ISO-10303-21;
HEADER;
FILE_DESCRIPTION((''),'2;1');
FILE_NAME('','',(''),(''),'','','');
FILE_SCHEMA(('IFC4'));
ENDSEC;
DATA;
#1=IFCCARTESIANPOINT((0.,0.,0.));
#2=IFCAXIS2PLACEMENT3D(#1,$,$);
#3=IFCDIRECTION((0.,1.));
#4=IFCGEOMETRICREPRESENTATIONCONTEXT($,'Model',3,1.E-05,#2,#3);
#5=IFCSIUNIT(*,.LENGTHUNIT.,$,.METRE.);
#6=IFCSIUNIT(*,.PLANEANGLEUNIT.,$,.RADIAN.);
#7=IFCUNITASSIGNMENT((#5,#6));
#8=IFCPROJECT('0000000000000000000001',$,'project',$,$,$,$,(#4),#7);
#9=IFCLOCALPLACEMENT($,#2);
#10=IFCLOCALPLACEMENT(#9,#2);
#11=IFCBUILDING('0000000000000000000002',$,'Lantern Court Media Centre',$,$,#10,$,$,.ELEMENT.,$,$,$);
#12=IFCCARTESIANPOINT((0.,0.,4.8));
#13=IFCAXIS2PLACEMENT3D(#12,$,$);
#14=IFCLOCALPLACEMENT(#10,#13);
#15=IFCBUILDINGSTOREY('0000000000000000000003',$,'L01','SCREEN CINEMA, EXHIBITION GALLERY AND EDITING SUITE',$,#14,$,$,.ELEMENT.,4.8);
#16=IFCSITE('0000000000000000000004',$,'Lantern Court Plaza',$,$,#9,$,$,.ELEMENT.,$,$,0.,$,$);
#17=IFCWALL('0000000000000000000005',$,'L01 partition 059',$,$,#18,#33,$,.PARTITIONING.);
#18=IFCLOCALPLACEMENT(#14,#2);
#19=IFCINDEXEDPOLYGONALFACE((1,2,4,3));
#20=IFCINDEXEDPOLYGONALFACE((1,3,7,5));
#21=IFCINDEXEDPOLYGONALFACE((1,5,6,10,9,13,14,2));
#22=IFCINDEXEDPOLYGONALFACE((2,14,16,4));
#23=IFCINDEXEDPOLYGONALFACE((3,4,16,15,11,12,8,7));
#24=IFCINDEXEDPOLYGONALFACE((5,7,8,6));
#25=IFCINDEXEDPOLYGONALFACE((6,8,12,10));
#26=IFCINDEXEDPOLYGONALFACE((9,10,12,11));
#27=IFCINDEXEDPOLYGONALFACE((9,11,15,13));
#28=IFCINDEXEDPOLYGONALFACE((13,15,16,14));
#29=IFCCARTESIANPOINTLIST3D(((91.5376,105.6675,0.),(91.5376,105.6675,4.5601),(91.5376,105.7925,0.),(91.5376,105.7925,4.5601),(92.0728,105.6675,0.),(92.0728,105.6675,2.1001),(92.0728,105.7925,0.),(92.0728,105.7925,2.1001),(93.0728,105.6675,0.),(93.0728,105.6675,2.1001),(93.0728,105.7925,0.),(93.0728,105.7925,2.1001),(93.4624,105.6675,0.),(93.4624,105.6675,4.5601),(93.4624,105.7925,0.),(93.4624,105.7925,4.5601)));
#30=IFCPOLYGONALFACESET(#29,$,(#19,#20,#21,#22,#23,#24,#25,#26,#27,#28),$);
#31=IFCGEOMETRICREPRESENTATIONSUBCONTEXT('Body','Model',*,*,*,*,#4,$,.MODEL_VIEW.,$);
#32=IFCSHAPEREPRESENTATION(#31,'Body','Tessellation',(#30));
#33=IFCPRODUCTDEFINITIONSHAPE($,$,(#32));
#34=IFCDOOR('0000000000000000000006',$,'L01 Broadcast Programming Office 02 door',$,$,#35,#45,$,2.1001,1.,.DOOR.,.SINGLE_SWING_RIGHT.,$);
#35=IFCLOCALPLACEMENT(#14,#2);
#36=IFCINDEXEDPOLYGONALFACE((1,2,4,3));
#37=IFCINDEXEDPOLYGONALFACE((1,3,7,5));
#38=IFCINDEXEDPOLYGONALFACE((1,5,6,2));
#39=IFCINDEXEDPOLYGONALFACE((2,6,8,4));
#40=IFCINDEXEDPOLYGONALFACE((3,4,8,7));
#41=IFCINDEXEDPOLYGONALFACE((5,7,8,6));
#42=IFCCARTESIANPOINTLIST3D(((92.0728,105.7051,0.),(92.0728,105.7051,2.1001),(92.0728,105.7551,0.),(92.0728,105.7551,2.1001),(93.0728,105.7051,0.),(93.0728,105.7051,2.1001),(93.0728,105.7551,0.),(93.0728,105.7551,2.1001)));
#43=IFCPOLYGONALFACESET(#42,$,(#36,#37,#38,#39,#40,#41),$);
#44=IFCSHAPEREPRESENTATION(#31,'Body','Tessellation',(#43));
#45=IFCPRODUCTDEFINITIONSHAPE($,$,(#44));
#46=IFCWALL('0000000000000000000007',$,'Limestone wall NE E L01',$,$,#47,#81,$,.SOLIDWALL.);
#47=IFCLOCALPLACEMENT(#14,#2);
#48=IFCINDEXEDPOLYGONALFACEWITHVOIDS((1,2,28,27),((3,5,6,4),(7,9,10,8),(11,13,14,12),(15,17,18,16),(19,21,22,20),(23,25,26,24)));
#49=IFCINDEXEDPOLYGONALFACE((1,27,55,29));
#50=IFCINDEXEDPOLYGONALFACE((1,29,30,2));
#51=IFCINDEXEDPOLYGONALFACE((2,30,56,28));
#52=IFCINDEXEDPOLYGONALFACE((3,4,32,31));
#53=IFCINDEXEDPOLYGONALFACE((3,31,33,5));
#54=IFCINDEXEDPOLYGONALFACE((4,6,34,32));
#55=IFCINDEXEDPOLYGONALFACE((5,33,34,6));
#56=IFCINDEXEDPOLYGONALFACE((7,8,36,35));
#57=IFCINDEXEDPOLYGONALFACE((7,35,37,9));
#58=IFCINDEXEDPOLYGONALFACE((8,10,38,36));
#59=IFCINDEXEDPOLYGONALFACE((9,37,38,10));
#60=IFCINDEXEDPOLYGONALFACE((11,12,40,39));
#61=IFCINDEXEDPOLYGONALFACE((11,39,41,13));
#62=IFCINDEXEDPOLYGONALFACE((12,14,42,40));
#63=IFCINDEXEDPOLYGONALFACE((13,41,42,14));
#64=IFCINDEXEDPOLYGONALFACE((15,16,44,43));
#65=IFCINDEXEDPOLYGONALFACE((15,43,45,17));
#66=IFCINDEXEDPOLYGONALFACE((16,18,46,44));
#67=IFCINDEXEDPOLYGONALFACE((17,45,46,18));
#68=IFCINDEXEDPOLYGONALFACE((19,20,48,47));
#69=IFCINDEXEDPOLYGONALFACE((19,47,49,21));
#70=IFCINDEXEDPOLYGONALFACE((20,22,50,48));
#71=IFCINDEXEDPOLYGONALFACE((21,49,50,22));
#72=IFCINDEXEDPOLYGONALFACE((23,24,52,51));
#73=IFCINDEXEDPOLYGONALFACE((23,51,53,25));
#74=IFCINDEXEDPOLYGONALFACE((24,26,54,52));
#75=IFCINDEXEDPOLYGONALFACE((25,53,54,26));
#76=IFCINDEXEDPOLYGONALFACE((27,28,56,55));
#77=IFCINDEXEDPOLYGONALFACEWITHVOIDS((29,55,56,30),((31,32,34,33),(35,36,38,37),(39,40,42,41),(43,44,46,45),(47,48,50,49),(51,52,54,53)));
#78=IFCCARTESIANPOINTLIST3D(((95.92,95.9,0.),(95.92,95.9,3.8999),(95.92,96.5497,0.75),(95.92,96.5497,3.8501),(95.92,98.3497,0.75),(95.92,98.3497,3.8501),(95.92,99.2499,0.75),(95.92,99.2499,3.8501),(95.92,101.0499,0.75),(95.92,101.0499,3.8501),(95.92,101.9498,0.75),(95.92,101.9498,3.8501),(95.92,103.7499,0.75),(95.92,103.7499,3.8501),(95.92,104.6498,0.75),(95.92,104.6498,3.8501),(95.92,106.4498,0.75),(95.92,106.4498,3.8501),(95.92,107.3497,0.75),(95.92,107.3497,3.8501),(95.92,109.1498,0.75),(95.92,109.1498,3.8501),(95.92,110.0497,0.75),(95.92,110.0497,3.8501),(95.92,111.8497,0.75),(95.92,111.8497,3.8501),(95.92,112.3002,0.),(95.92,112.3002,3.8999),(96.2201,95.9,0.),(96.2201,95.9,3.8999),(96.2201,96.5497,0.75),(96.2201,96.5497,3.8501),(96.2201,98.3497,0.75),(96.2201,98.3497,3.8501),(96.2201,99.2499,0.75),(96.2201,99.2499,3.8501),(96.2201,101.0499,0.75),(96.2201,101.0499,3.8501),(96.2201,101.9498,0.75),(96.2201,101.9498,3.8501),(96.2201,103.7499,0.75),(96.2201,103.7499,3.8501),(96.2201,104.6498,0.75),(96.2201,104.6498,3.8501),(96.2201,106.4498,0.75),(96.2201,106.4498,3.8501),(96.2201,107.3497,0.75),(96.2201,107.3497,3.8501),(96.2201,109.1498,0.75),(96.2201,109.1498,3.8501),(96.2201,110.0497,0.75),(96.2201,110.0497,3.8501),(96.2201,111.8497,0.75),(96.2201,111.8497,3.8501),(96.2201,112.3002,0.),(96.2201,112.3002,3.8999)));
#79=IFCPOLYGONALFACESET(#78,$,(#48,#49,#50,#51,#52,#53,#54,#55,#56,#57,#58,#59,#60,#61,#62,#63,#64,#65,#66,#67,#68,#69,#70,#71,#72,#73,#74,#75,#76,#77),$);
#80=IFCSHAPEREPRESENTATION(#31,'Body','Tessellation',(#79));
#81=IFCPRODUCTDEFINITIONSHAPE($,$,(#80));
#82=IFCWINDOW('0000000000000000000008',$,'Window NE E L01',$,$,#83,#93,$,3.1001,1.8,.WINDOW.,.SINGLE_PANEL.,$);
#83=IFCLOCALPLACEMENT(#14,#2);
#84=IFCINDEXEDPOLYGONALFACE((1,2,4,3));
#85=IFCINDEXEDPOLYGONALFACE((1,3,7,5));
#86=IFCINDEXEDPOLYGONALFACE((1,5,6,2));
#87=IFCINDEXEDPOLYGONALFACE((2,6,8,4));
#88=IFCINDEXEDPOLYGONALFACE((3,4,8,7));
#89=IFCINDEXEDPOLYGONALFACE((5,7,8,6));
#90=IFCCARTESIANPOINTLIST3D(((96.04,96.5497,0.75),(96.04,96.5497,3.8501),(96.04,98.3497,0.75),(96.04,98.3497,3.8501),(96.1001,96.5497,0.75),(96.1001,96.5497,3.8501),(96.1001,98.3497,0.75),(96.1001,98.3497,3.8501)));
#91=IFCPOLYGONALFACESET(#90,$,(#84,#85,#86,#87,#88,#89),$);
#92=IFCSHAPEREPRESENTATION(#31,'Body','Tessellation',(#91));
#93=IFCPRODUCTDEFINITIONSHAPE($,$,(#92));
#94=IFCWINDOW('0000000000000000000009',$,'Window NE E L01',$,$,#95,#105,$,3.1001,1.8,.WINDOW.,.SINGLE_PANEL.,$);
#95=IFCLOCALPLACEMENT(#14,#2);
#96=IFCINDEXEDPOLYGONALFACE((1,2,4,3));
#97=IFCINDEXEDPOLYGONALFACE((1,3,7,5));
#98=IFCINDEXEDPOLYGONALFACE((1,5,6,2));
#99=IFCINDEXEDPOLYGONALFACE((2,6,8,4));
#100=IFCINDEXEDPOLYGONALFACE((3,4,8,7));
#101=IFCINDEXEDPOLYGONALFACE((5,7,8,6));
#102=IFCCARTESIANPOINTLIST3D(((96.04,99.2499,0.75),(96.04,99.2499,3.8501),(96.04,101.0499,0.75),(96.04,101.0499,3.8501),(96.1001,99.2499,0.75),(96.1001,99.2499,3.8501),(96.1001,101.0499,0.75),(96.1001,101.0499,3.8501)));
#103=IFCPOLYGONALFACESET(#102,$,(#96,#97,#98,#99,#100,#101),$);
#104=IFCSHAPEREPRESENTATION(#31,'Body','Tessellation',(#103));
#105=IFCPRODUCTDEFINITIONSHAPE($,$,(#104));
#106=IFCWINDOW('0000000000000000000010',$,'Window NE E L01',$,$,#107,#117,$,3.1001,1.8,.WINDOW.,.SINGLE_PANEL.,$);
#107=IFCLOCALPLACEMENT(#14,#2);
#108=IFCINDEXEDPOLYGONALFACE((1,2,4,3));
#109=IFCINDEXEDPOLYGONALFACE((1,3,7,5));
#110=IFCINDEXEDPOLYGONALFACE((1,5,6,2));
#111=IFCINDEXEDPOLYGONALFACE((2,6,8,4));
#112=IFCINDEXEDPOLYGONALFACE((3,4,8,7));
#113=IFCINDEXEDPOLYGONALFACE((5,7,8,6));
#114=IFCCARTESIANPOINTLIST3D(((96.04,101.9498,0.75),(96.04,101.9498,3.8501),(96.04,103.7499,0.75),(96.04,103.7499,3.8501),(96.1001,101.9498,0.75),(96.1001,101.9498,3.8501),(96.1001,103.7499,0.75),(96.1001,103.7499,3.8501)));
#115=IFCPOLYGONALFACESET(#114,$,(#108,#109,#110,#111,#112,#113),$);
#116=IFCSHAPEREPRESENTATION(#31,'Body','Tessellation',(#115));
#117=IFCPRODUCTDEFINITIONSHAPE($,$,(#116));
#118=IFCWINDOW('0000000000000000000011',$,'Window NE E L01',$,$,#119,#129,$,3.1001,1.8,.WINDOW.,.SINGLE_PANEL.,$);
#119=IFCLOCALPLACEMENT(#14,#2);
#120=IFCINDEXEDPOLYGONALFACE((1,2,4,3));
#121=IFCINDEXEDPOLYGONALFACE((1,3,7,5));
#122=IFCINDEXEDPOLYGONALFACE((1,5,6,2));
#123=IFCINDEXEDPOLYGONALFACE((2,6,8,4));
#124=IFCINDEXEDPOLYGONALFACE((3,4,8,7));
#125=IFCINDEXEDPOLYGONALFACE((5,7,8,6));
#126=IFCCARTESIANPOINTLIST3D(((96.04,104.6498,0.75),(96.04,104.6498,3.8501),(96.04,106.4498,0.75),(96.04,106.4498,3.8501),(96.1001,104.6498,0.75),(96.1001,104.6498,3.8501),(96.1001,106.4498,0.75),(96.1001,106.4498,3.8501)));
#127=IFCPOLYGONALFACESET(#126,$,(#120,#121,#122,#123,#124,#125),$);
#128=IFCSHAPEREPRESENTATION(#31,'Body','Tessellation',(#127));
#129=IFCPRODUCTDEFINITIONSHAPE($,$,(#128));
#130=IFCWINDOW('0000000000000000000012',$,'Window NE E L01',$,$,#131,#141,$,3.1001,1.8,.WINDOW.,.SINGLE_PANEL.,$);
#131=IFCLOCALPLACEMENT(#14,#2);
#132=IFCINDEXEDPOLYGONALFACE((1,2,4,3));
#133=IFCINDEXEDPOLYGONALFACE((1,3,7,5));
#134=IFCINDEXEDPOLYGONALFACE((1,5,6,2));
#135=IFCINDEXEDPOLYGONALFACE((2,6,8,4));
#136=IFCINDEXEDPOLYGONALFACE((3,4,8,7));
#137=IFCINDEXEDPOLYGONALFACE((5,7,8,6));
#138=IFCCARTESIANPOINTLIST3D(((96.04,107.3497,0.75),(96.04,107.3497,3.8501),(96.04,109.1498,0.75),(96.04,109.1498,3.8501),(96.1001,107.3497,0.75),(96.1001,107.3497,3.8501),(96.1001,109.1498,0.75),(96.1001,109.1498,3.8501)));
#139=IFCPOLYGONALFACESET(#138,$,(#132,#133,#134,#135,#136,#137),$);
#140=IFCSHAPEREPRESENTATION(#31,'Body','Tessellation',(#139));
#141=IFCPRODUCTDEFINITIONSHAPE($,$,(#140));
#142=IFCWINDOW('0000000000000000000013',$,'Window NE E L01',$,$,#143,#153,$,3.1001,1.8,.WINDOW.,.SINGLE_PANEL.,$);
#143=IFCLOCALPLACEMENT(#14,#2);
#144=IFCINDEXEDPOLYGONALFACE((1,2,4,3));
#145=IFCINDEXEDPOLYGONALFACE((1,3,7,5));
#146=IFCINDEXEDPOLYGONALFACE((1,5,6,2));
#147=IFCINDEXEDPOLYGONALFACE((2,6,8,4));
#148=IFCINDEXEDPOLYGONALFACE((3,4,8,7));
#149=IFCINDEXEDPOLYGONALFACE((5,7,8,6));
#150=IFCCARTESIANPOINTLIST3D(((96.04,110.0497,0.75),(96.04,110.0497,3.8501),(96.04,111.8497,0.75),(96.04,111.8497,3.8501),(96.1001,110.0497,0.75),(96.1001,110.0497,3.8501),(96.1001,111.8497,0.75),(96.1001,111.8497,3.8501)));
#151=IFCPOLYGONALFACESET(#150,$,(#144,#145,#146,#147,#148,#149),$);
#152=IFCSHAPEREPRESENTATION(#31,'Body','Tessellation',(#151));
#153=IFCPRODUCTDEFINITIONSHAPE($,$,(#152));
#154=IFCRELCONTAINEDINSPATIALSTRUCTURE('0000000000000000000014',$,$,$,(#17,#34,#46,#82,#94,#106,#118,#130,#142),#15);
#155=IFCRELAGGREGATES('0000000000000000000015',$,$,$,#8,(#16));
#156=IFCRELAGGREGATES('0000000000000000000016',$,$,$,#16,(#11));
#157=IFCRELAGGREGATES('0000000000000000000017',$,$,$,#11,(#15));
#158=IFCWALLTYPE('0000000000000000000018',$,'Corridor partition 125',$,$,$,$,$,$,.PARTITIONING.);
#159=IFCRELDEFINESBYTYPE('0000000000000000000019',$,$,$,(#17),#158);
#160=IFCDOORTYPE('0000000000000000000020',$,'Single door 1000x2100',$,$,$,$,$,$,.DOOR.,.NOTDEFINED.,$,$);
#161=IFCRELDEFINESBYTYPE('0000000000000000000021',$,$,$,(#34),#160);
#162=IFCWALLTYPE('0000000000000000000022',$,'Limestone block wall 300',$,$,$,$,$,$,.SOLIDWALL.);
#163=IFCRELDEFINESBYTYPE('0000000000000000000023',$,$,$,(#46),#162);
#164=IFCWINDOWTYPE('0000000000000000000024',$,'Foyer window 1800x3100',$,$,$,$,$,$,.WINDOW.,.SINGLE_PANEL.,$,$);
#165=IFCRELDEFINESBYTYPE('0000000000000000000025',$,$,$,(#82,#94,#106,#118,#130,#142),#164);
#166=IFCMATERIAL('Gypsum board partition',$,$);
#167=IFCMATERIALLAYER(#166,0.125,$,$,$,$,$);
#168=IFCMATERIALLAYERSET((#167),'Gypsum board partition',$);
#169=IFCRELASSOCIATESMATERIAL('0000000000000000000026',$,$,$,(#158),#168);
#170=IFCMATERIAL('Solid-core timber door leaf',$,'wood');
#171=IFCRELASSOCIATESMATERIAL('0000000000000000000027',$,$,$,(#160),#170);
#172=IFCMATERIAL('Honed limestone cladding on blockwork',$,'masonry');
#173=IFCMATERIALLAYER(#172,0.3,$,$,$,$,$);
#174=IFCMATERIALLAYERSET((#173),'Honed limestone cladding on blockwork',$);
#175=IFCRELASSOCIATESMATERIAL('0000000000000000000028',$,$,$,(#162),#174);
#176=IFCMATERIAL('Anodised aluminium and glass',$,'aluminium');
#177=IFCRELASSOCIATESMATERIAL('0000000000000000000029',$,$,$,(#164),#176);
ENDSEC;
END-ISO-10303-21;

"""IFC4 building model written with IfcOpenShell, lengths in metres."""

from ifc_helpers import new_model, si_unit, direction, frame, frame_2d, origin, place, context, subcontext, project, spatial, rectangle, extrude, material, layer, layer_set, type_object, element, fill, save


model = new_model("IFC4")

# Units and contexts
model_context = context("Model", 3, precision=1e-05, world=origin(), true_north=direction((0.0, 1.0)))
body_context = subcontext(model_context, "Body", "Model", "MODEL_VIEW")
ifc_project = project(units=[si_unit("LENGTHUNIT", "METRE"), si_unit("PLANEANGLEUNIT", "RADIAN")], contexts=[model_context])

# Site, building, storey
site_placement = place(None, origin())
site = spatial("IfcSite", under=ifc_project, at=site_placement, Name="Lantern Court Plaza", CompositionType="ELEMENT", RefElevation=0.0)
building_placement = place(site_placement, origin())
building = spatial("IfcBuilding", under=site, at=building_placement, Name="Lantern Court Media Centre", CompositionType="ELEMENT")
storey_placement = place(building_placement, frame((0.0, 0.0, 4.8)))
storey = spatial("IfcBuildingStorey", under=building, at=storey_placement, Name="L01", Description="SCREEN CINEMA, EXHIBITION GALLERY AND EDITING SUITE", CompositionType="ELEMENT", Elevation=4.8)

# Wall, opening, door
ifc_material_1 = material(Name="Gypsum board partition")
ifc_layer_1 = layer(ifc_material_1, 0.125)
ifc_layer_set_1 = layer_set([ifc_layer_1], Name="Gypsum board partition")
wall_type_1 = type_object("IfcWallType", Name="Corridor partition 125", PredefinedType="PARTITIONING", material=ifc_layer_set_1)
ifc_material_2 = material(Name="Solid-core timber door leaf", Category="wood")
door_type = type_object("IfcDoorType", Name="Single door 1000x2100", OperationType="NOTDEFINED", PredefinedType="DOOR", material=ifc_material_2)
wall_1_placement = place(storey_placement, frame((91.5376, 105.73, 0.0), z_axis=(0.0, 0.0, 1.0), x_axis=(1.0, 0.0, 0.0)))
wall_1 = element("IfcWall", 1, at=wall_1_placement, inside=storey, type_object=wall_type_1, Name="L01 partition 059", PredefinedType="PARTITIONING", context=body_context, shape_type="SweptSolid", body=[
    extrude(rectangle(XDim=1.9248, YDim=0.125, at=frame_2d((0.9624, 0.0))), origin(), (0.0, 0.0, 1.0), 4.5601),
])
opening_1_placement = place(wall_1_placement, frame((0.5352, 0.0, 0.0)))
opening_1 = element("IfcOpeningElement", 2, at=opening_1_placement, cuts=wall_1, PredefinedType="OPENING", context=body_context, shape_type="SweptSolid", body=[
    extrude(rectangle(XDim=1.0, YDim=2.1001, at=frame_2d((0.5, 1.05))), frame((0.0, 0.0725, 0.0), z_axis=(0.0, -1.0, 0.0), x_axis=(1.0, 0.0, 0.0)), (0.0, 0.0, 1.0), 0.145),
])
door_1_placement = place(opening_1_placement, frame((1.0, 0.0, 0.0), z_axis=(0.0, 0.0, 1.0), x_axis=(-1.0, 0.0, 0.0)))
door_1 = element("IfcDoor", 3, at=door_1_placement, inside=storey, type_object=door_type, Name="L01 Broadcast Programming Office 02 door", OperationType="SINGLE_SWING_RIGHT", OverallHeight=2.1001, OverallWidth=1.0, PredefinedType="DOOR", context=body_context, shape_type="SweptSolid", body=[
    extrude(rectangle(XDim=1.0, YDim=2.1001, at=frame_2d((0.5, 1.05))), frame((0.0, 0.0249, 0.0), z_axis=(0.0, -1.0, 0.0), x_axis=(1.0, 0.0, 0.0)), (0.0, 0.0, 1.0), 0.05),
])
fill(opening_1, door_1)

# Wall, openings, windows
ifc_material_3 = material(Name="Honed limestone cladding on blockwork", Category="masonry")
ifc_layer_2 = layer(ifc_material_3, 0.3)
ifc_layer_set_2 = layer_set([ifc_layer_2], Name="Honed limestone cladding on blockwork")
wall_type_2 = type_object("IfcWallType", Name="Limestone block wall 300", PredefinedType="SOLIDWALL", material=ifc_layer_set_2)
wall_2_placement = place(storey_placement, frame((96.0701, 95.8999, 0.0), z_axis=(0.0, 0.0, 1.0), x_axis=(0.0, 1.0, 0.0)))
wall_2 = element("IfcWall", 4, at=wall_2_placement, inside=storey, type_object=wall_type_2, Name="Limestone wall NE E L01", PredefinedType="SOLIDWALL", context=body_context, shape_type="SweptSolid", body=[
    extrude(rectangle(XDim=16.4001, YDim=0.3, at=frame_2d((8.2002, 0.0))), origin(), (0.0, 0.0, 1.0), 3.8999),
])
opening_2_placement = place(wall_2_placement, frame((0.6499, 0.0, 0.75)))
opening_2 = element("IfcOpeningElement", 5, at=opening_2_placement, cuts=wall_2, PredefinedType="OPENING", context=body_context, shape_type="SweptSolid", body=[
    extrude(rectangle(XDim=1.8, YDim=3.1001, at=frame_2d((0.8999, 1.55))), frame((0.0, 0.1599, 0.0), z_axis=(0.0, -1.0, 0.0), x_axis=(1.0, 0.0, 0.0)), (0.0, 0.0, 1.0), 0.3201),
])
opening_3_placement = place(wall_2_placement, frame((3.3501, 0.0, 0.75)))
opening_3 = element("IfcOpeningElement", 6, at=opening_3_placement, cuts=wall_2, PredefinedType="OPENING", context=body_context, shape_type="SweptSolid", body=[
    extrude(rectangle(XDim=1.8, YDim=3.1001, at=frame_2d((0.8999, 1.55))), frame((0.0, 0.1599, 0.0), z_axis=(0.0, -1.0, 0.0), x_axis=(1.0, 0.0, 0.0)), (0.0, 0.0, 1.0), 0.3201),
])
opening_4_placement = place(wall_2_placement, frame((6.05, 0.0, 0.75)))
opening_4 = element("IfcOpeningElement", 7, at=opening_4_placement, cuts=wall_2, PredefinedType="OPENING", context=body_context, shape_type="SweptSolid", body=[
    extrude(rectangle(XDim=1.8, YDim=3.1001, at=frame_2d((0.8999, 1.55))), frame((0.0, 0.1599, 0.0), z_axis=(0.0, -1.0, 0.0), x_axis=(1.0, 0.0, 0.0)), (0.0, 0.0, 1.0), 0.3201),
])
opening_5_placement = place(wall_2_placement, frame((8.75, 0.0, 0.75)))
opening_5 = element("IfcOpeningElement", 8, at=opening_5_placement, cuts=wall_2, PredefinedType="OPENING", context=body_context, shape_type="SweptSolid", body=[
    extrude(rectangle(XDim=1.8, YDim=3.1001, at=frame_2d((0.8999, 1.55))), frame((0.0, 0.1599, 0.0), z_axis=(0.0, -1.0, 0.0), x_axis=(1.0, 0.0, 0.0)), (0.0, 0.0, 1.0), 0.3201),
])
opening_6_placement = place(wall_2_placement, frame((11.45, 0.0, 0.75)))
opening_6 = element("IfcOpeningElement", 9, at=opening_6_placement, cuts=wall_2, PredefinedType="OPENING", context=body_context, shape_type="SweptSolid", body=[
    extrude(rectangle(XDim=1.8, YDim=3.1001, at=frame_2d((0.8999, 1.55))), frame((0.0, 0.1599, 0.0), z_axis=(0.0, -1.0, 0.0), x_axis=(1.0, 0.0, 0.0)), (0.0, 0.0, 1.0), 0.3201),
])
opening_7_placement = place(wall_2_placement, frame((14.1499, 0.0, 0.75)))
opening_7 = element("IfcOpeningElement", 10, at=opening_7_placement, cuts=wall_2, PredefinedType="OPENING", context=body_context, shape_type="SweptSolid", body=[
    extrude(rectangle(XDim=1.8, YDim=3.1001, at=frame_2d((0.8999, 1.55))), frame((0.0, 0.1599, 0.0), z_axis=(0.0, -1.0, 0.0), x_axis=(1.0, 0.0, 0.0)), (0.0, 0.0, 1.0), 0.3201),
])
ifc_material_4 = material(Name="Anodised aluminium and glass", Category="aluminium")
window_type = type_object("IfcWindowType", Name="Foyer window 1800x3100", PartitioningType="SINGLE_PANEL", PredefinedType="WINDOW", material=ifc_material_4)
window_1_placement = place(opening_2_placement, origin())
window_1 = element("IfcWindow", 11, at=window_1_placement, inside=storey, type_object=window_type, Name="Window NE E L01", OverallHeight=3.1001, OverallWidth=1.8, PartitioningType="SINGLE_PANEL", PredefinedType="WINDOW", context=body_context, shape_type="SweptSolid", body=[
    extrude(rectangle(XDim=1.8, YDim=3.1001, at=frame_2d((0.8999, 1.55))), frame((0.0, 0.03, 0.0), z_axis=(0.0, -1.0, 0.0), x_axis=(1.0, 0.0, 0.0)), (0.0, 0.0, 1.0), 0.0601),
])
fill(opening_2, window_1)
window_2_placement = place(opening_3_placement, origin())
window_2 = element("IfcWindow", 12, at=window_2_placement, inside=storey, type_object=window_type, Name="Window NE E L01", OverallHeight=3.1001, OverallWidth=1.8, PartitioningType="SINGLE_PANEL", PredefinedType="WINDOW", context=body_context, shape_type="SweptSolid", body=[
    extrude(rectangle(XDim=1.8, YDim=3.1001, at=frame_2d((0.8999, 1.55))), frame((0.0, 0.03, 0.0), z_axis=(0.0, -1.0, 0.0), x_axis=(1.0, 0.0, 0.0)), (0.0, 0.0, 1.0), 0.0601),
])
fill(opening_3, window_2)
window_3_placement = place(opening_4_placement, origin())
window_3 = element("IfcWindow", 13, at=window_3_placement, inside=storey, type_object=window_type, Name="Window NE E L01", OverallHeight=3.1001, OverallWidth=1.8, PartitioningType="SINGLE_PANEL", PredefinedType="WINDOW", context=body_context, shape_type="SweptSolid", body=[
    extrude(rectangle(XDim=1.8, YDim=3.1001, at=frame_2d((0.8999, 1.55))), frame((0.0, 0.03, 0.0), z_axis=(0.0, -1.0, 0.0), x_axis=(1.0, 0.0, 0.0)), (0.0, 0.0, 1.0), 0.0601),
])
fill(opening_4, window_3)
window_4_placement = place(opening_5_placement, origin())
window_4 = element("IfcWindow", 14, at=window_4_placement, inside=storey, type_object=window_type, Name="Window NE E L01", OverallHeight=3.1001, OverallWidth=1.8, PartitioningType="SINGLE_PANEL", PredefinedType="WINDOW", context=body_context, shape_type="SweptSolid", body=[
    extrude(rectangle(XDim=1.8, YDim=3.1001, at=frame_2d((0.8999, 1.55))), frame((0.0, 0.03, 0.0), z_axis=(0.0, -1.0, 0.0), x_axis=(1.0, 0.0, 0.0)), (0.0, 0.0, 1.0), 0.0601),
])
fill(opening_5, window_4)
window_5_placement = place(opening_6_placement, origin())
window_5 = element("IfcWindow", 15, at=window_5_placement, inside=storey, type_object=window_type, Name="Window NE E L01", OverallHeight=3.1001, OverallWidth=1.8, PartitioningType="SINGLE_PANEL", PredefinedType="WINDOW", context=body_context, shape_type="SweptSolid", body=[
    extrude(rectangle(XDim=1.8, YDim=3.1001, at=frame_2d((0.8999, 1.55))), frame((0.0, 0.03, 0.0), z_axis=(0.0, -1.0, 0.0), x_axis=(1.0, 0.0, 0.0)), (0.0, 0.0, 1.0), 0.0601),
])
fill(opening_6, window_5)
window_6_placement = place(opening_7_placement, origin())
window_6 = element("IfcWindow", 16, at=window_6_placement, inside=storey, type_object=window_type, Name="Window NE E L01", OverallHeight=3.1001, OverallWidth=1.8, PartitioningType="SINGLE_PANEL", PredefinedType="WINDOW", context=body_context, shape_type="SweptSolid", body=[
    extrude(rectangle(XDim=1.8, YDim=3.1001, at=frame_2d((0.8999, 1.55))), frame((0.0, 0.03, 0.0), z_axis=(0.0, -1.0, 0.0), x_axis=(1.0, 0.0, 0.0)), (0.0, 0.0, 1.0), 0.0601),
])
fill(opening_7, window_6)

save(model, "model.ifc")
